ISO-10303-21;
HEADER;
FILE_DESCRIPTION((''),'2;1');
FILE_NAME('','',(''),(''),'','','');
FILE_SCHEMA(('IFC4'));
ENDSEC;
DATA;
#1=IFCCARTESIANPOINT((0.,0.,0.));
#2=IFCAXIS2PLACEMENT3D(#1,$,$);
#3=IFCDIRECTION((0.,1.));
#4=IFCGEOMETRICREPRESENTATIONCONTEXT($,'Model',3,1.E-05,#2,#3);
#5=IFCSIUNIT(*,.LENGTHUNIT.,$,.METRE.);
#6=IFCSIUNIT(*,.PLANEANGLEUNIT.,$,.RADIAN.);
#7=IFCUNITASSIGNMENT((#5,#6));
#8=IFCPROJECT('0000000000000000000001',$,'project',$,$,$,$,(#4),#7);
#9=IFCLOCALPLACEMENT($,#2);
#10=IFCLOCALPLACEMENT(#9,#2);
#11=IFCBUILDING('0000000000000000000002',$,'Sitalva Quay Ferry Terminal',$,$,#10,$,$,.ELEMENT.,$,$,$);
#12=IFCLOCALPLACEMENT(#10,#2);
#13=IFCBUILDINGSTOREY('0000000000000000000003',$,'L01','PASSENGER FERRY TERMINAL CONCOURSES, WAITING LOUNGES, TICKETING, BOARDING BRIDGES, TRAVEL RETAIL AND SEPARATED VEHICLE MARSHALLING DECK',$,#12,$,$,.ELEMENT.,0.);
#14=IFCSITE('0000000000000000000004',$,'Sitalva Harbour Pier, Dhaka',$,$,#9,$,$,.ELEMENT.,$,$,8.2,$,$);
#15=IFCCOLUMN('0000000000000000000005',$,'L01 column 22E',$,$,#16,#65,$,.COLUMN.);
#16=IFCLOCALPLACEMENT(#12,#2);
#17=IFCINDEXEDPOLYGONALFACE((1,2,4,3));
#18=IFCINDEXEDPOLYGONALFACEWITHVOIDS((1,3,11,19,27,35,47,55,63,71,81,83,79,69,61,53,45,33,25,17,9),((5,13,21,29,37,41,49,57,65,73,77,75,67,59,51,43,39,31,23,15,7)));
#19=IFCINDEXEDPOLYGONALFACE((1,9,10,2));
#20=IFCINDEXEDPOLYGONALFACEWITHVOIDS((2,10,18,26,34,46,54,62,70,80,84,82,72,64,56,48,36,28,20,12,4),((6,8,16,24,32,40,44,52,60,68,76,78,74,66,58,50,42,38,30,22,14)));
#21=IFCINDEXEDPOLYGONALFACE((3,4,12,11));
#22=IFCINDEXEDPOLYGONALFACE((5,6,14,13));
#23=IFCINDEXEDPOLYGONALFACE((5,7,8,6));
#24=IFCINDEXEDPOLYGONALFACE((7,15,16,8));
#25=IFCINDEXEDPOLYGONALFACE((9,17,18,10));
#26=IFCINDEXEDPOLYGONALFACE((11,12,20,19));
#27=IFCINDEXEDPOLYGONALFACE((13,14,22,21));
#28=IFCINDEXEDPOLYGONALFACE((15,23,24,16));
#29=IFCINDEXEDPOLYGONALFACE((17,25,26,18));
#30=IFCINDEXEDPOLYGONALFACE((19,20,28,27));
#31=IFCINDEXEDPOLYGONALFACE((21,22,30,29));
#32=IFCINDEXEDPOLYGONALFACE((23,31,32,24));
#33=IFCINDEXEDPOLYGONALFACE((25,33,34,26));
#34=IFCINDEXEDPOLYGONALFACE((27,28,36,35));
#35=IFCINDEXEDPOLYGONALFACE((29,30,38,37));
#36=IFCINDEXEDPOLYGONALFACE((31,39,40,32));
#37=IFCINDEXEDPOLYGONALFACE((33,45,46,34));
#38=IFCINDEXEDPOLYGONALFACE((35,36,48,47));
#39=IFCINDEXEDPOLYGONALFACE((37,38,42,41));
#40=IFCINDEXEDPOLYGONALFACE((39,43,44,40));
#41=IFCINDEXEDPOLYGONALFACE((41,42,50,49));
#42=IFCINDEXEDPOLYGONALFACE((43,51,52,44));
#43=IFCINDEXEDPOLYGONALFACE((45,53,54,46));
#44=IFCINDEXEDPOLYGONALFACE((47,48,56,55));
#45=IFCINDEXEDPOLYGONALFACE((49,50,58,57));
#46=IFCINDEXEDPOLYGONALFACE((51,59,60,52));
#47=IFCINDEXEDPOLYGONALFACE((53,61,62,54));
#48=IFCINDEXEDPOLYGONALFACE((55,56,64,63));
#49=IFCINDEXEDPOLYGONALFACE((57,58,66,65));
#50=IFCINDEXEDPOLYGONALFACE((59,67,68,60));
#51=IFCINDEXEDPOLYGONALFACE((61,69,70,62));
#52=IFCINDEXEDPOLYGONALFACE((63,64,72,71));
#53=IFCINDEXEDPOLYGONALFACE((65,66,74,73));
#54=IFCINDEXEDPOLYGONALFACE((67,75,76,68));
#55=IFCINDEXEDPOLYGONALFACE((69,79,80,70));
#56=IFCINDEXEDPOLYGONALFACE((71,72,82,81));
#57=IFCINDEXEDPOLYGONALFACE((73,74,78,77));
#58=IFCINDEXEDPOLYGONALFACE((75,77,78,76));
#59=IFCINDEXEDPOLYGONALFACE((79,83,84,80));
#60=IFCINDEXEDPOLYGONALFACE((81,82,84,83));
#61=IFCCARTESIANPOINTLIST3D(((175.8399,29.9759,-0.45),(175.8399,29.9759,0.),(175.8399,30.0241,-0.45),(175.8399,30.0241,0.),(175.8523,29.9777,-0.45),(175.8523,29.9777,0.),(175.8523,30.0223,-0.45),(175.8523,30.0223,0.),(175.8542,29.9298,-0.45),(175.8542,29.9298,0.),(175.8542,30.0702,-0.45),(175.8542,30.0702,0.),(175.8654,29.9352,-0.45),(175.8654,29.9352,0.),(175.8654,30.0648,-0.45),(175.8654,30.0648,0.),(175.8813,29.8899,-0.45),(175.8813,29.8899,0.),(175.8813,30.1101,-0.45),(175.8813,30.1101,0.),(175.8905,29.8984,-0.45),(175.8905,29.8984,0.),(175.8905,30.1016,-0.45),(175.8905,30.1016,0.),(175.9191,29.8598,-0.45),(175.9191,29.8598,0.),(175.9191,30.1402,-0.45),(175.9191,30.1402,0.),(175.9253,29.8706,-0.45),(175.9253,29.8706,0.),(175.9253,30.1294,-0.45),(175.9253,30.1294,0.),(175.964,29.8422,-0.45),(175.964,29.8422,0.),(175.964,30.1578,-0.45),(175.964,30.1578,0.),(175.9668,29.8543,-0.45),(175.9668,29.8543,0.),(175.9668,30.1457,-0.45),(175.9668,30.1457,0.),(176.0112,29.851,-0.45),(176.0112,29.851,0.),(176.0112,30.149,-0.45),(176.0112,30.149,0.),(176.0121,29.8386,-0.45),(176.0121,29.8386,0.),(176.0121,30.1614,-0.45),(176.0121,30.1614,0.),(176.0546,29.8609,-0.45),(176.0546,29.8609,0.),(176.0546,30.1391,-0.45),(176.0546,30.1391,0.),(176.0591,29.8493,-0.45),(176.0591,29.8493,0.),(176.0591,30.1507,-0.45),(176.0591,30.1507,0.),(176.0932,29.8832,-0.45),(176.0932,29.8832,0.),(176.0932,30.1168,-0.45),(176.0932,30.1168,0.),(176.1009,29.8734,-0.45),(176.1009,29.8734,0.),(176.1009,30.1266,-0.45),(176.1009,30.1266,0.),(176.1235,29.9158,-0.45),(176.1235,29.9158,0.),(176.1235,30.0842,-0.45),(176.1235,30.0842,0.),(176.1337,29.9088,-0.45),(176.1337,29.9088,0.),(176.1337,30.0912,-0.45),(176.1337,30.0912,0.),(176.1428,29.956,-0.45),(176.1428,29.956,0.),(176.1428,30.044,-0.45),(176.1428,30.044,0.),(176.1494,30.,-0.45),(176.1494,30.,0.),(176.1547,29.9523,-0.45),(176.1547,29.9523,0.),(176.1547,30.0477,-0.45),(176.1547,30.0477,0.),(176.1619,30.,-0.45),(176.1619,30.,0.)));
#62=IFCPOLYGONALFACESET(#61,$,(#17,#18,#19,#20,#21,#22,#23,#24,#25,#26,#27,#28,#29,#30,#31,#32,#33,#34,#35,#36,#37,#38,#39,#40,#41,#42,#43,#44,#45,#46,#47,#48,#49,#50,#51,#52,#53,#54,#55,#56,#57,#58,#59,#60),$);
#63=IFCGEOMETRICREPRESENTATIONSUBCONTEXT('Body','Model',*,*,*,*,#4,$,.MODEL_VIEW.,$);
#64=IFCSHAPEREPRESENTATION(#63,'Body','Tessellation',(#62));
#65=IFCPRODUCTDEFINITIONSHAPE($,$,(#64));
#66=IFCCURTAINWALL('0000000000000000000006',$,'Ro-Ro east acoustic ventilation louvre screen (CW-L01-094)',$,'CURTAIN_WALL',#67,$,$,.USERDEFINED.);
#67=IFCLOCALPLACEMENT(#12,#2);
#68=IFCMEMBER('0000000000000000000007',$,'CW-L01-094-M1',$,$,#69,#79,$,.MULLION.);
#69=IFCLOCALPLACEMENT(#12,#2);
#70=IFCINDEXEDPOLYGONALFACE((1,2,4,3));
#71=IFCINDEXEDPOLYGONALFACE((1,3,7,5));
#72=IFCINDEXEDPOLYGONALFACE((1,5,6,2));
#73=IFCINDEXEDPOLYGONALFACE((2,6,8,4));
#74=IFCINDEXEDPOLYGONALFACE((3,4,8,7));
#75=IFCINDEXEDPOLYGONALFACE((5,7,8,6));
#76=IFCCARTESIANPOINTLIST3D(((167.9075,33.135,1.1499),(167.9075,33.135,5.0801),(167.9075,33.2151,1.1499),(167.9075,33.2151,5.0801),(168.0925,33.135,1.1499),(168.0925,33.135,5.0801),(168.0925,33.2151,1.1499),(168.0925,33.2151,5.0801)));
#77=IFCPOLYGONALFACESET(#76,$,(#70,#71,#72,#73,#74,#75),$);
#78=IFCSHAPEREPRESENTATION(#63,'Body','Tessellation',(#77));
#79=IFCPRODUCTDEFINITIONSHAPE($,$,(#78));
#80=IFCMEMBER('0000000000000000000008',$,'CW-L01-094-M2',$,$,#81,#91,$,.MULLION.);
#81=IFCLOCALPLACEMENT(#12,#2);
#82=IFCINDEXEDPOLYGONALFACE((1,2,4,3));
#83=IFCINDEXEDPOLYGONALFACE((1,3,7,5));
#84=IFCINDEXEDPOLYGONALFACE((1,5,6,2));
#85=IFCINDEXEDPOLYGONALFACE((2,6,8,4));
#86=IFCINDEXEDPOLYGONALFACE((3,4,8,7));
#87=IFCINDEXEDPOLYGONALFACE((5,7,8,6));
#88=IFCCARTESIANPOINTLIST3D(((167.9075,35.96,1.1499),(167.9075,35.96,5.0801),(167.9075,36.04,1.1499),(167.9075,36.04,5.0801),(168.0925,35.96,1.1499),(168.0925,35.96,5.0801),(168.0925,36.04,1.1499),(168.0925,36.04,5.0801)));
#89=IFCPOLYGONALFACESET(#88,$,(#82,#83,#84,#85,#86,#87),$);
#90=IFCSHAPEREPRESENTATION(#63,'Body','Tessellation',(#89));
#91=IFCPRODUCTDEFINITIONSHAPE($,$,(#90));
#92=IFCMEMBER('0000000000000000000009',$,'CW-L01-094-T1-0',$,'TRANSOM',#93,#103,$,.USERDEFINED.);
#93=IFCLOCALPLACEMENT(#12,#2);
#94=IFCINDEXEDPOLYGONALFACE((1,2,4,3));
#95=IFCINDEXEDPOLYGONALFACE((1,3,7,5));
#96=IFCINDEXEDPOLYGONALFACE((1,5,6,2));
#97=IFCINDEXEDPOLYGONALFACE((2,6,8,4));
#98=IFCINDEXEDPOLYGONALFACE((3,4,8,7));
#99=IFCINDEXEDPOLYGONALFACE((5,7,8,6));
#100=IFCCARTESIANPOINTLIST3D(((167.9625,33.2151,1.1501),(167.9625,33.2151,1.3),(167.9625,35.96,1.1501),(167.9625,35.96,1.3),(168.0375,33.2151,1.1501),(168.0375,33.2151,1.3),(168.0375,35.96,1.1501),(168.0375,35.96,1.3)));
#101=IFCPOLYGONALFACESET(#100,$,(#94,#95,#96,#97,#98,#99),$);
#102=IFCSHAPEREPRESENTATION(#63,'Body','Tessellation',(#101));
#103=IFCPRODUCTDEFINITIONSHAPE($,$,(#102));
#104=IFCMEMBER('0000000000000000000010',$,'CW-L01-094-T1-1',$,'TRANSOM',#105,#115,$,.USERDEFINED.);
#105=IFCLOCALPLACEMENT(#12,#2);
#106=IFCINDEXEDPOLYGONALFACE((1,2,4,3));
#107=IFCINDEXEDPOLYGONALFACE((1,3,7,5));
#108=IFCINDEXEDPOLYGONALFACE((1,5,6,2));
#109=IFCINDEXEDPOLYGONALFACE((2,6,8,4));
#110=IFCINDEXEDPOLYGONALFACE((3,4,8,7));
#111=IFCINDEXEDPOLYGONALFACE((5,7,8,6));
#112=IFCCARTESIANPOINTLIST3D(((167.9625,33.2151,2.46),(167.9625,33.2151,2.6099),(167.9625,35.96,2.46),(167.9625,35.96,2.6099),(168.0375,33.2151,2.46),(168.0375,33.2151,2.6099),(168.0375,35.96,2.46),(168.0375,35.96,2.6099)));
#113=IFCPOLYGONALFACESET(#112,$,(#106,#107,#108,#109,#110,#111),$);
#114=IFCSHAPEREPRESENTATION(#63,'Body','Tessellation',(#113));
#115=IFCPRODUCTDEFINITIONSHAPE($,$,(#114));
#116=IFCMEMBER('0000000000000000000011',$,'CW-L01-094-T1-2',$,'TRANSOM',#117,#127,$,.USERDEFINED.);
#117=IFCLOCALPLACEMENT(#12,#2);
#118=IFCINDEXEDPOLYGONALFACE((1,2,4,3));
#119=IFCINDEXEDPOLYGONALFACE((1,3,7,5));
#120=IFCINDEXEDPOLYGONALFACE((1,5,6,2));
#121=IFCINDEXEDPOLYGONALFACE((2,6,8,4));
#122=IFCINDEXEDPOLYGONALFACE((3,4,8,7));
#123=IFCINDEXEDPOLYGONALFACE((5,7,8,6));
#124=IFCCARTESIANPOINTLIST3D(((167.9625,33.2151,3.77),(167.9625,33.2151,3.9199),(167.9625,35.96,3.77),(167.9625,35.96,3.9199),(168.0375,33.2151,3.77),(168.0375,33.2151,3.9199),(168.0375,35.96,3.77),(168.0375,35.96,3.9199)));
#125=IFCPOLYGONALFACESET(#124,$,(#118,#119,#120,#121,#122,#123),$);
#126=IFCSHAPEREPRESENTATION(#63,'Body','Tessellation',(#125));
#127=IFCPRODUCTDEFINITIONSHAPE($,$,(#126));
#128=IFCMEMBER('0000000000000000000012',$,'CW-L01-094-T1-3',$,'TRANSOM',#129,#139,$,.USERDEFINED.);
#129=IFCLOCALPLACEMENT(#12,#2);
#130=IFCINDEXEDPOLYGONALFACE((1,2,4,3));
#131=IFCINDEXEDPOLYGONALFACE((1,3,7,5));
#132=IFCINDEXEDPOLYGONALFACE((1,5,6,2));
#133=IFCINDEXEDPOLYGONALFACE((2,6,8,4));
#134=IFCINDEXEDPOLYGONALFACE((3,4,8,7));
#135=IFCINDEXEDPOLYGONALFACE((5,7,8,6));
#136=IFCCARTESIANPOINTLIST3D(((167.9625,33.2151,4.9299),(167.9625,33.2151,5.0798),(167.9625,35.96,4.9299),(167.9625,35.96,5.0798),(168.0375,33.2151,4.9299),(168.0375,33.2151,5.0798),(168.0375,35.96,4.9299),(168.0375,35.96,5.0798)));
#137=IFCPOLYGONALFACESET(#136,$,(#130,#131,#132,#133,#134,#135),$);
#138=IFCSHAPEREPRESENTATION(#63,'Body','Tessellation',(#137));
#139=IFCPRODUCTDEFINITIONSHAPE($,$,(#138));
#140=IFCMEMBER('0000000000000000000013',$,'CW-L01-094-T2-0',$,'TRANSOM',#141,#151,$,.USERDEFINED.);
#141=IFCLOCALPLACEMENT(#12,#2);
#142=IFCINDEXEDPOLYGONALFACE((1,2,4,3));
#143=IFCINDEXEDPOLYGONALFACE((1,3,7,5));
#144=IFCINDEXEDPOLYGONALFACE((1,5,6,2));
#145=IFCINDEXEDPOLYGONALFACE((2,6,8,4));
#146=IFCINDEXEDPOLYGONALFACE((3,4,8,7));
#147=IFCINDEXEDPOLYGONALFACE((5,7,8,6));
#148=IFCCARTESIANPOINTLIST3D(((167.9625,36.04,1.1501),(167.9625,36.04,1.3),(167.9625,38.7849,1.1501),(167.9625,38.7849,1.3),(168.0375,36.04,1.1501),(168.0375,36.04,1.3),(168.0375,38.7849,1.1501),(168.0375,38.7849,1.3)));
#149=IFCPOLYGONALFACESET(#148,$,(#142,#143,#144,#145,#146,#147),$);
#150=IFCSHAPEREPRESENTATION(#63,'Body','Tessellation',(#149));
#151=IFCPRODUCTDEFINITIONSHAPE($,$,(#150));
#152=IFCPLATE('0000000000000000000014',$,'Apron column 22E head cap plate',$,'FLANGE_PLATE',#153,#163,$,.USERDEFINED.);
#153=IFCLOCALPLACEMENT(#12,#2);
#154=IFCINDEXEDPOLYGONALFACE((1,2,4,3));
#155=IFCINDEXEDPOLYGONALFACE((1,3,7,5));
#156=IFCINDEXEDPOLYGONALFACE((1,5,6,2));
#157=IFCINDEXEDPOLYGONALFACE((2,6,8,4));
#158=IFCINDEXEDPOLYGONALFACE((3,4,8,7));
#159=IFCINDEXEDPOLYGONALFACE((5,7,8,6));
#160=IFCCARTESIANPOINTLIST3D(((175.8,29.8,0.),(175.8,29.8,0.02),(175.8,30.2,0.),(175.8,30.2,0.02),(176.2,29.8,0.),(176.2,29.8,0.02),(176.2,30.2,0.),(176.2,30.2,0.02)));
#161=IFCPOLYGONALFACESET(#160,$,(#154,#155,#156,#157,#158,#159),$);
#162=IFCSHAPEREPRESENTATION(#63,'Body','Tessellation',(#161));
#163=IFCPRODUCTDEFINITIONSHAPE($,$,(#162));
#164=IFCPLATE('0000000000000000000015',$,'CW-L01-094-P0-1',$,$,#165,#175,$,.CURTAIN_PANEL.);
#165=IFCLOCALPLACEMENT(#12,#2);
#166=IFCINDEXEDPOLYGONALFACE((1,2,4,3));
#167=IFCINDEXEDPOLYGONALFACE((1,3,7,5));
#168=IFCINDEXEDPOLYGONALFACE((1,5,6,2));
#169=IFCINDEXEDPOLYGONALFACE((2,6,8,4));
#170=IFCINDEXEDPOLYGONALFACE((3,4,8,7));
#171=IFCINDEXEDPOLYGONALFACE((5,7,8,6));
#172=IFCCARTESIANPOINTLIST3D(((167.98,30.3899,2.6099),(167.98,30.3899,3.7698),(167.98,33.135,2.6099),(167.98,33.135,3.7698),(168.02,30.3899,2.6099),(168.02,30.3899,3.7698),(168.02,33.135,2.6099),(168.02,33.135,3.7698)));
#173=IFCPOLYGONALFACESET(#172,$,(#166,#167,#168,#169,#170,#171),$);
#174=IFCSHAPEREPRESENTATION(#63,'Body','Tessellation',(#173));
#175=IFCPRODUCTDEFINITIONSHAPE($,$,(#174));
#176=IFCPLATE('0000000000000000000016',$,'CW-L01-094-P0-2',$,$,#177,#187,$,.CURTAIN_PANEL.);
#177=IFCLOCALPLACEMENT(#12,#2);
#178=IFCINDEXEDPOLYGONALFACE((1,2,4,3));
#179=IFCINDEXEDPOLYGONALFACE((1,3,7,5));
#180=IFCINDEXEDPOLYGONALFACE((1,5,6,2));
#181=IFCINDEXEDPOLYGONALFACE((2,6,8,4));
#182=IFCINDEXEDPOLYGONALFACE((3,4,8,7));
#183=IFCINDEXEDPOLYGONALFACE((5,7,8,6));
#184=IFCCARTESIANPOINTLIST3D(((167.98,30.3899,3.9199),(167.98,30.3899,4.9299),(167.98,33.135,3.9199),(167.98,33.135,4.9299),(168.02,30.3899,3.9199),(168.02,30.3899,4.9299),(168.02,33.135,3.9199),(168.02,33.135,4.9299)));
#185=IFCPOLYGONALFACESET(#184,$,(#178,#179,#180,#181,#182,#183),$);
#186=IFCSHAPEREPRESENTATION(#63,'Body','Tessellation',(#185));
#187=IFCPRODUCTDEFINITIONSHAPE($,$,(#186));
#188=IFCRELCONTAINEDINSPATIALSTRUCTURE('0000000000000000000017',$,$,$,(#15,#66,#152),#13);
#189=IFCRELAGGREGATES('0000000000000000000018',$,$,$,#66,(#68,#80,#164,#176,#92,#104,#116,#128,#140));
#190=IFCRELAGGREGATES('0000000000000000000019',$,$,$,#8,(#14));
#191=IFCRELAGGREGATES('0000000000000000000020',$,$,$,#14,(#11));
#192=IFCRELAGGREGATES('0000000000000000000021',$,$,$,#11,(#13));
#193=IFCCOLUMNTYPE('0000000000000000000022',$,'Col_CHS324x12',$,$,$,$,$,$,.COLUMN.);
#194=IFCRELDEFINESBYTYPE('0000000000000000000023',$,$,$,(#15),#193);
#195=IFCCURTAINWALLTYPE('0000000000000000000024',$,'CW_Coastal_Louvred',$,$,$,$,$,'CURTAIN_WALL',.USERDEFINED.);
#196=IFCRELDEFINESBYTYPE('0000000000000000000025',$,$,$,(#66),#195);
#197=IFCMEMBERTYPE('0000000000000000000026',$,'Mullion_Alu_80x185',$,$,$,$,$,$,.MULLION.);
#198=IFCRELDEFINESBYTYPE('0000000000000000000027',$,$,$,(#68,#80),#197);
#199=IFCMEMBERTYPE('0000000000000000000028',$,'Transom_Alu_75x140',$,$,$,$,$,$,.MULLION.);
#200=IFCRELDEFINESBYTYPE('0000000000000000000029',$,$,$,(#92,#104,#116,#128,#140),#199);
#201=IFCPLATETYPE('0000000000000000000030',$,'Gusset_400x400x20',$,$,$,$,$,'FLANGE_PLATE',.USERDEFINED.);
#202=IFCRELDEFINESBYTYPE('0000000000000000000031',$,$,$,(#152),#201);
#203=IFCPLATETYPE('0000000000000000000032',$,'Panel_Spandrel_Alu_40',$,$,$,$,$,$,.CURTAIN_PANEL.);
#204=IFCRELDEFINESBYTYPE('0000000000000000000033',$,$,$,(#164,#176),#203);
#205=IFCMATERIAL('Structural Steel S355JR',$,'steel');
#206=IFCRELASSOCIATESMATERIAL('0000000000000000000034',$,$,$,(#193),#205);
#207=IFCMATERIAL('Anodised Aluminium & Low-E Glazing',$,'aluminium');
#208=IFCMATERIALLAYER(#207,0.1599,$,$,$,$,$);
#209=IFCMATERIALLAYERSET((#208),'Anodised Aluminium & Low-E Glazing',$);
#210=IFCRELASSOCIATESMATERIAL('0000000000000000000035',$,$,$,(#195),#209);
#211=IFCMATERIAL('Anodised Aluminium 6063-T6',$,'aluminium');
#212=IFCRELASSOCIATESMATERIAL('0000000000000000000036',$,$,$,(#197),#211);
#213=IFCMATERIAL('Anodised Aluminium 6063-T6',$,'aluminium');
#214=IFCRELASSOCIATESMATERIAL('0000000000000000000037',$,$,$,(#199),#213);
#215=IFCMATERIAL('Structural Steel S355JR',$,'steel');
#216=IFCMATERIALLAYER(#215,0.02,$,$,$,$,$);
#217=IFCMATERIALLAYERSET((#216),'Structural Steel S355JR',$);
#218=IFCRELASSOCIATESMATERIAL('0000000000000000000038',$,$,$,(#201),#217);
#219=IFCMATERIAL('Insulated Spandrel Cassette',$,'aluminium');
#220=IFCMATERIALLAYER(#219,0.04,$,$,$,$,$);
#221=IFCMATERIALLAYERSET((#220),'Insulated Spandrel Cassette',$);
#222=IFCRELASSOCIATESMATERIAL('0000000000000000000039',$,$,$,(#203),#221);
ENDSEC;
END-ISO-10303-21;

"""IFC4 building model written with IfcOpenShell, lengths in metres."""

from ifc_helpers import new_model, si_unit, direction, frame, origin, origin_2d, place, context, subcontext, project, spatial, rectangle, hollow_circle, extrude, material, layer, layer_set, material_profile, profile_set, type_object, element, aggregate, save


model = new_model("IFC4")

# Units and contexts
model_context = context("Model", 3, precision=1e-05, world=origin(), true_north=direction((0.0, 1.0)))
body_context = subcontext(model_context, "Body", "Model", "MODEL_VIEW")
ifc_project = project(units=[si_unit("LENGTHUNIT", "METRE"), si_unit("PLANEANGLEUNIT", "RADIAN")], contexts=[model_context])

# Site, building, storey
site_placement = place(None, origin())
site = spatial("IfcSite", under=ifc_project, at=site_placement, Name="Sitalva Harbour Pier, Dhaka", CompositionType="ELEMENT", RefElevation=8.2)
building_placement = place(site_placement, origin())
building = spatial("IfcBuilding", under=site, at=building_placement, Name="Sitalva Quay Ferry Terminal", CompositionType="ELEMENT")
storey_placement = place(building_placement, origin())
storey = spatial("IfcBuildingStorey", under=building, at=storey_placement, Name="L01", Description="PASSENGER FERRY TERMINAL CONCOURSES, WAITING LOUNGES, TICKETING, BOARDING BRIDGES, TRAVEL RETAIL AND SEPARATED VEHICLE MARSHALLING DECK", CompositionType="ELEMENT", Elevation=0.0)

# Column
ifc_material_1 = material(Name="Structural Steel S355JR", Category="steel")
ifc_material_profile_1 = material_profile(ifc_material_1, hollow_circle(Radius=0.1619, WallThickness=0.0125, at=origin_2d()), Name="CHS324x12.5")
ifc_profile_set_1 = profile_set([ifc_material_profile_1], Name="Structural Steel S355JR")
column_type = type_object("IfcColumnType", Name="Col_CHS324x12", PredefinedType="COLUMN", material=ifc_profile_set_1)
column_placement = place(storey_placement, frame((176.0, 30.0, -0.45), z_axis=(0.0, 0.0, 1.0), x_axis=(1.0, 0.0, 0.0)))
element("IfcColumn", 1, at=column_placement, inside=storey, type_object=column_type, Name="L01 column 22E", PredefinedType="COLUMN", context=body_context, shape_type="SweptSolid", body=[
    extrude(hollow_circle(Radius=0.1619, WallThickness=0.0125, at=origin_2d()), origin(), (0.0, 0.0, 1.0), 0.45),
])

# Curtain wall, members
ifc_material_2 = material(Name="Anodised Aluminium & Low-E Glazing", Category="aluminium")
ifc_layer_1 = layer(ifc_material_2, 0.1599)
ifc_layer_set_1 = layer_set([ifc_layer_1], Name="Anodised Aluminium & Low-E Glazing")
curtain_wall_type = type_object("IfcCurtainWallType", Name="CW_Coastal_Louvred", ElementType="CURTAIN_WALL", PredefinedType="USERDEFINED", material=ifc_layer_set_1)
curtain_wall_placement = place(storey_placement, origin())
curtain_wall = element("IfcCurtainWall", 2, at=curtain_wall_placement, inside=storey, type_object=curtain_wall_type, Name="Ro-Ro east acoustic ventilation louvre screen (CW-L01-094)", ObjectType="CURTAIN_WALL", PredefinedType="USERDEFINED")
ifc_material_3 = material(Name="Anodised Aluminium 6063-T6", Category="aluminium")
ifc_material_profile_2 = material_profile(ifc_material_3, rectangle(XDim=0.0801, YDim=0.1851, at=origin_2d()), Name="ALU80x185")
ifc_profile_set_2 = profile_set([ifc_material_profile_2], Name="Anodised Aluminium 6063-T6")
member_type_1 = type_object("IfcMemberType", Name="Mullion_Alu_80x185", PredefinedType="MULLION", material=ifc_profile_set_2)
member_1_placement = place(storey_placement, frame((168.0, 33.175, 1.1499), z_axis=(0.0, 0.0, 1.0), x_axis=(0.0, 1.0, 0.0)))
member_1 = element("IfcMember", 3, at=member_1_placement, type_object=member_type_1, Name="CW-L01-094-M1", PredefinedType="MULLION", context=body_context, shape_type="SweptSolid", body=[
    extrude(rectangle(XDim=0.0801, YDim=0.1851, at=origin_2d()), origin(), (0.0, 0.0, 1.0), 3.9302),
])
member_2_placement = place(storey_placement, frame((168.0, 36.0, 1.1499), z_axis=(0.0, 0.0, 1.0), x_axis=(0.0, 1.0, 0.0)))
member_2 = element("IfcMember", 4, at=member_2_placement, type_object=member_type_1, Name="CW-L01-094-M2", PredefinedType="MULLION", context=body_context, shape_type="SweptSolid", body=[
    extrude(rectangle(XDim=0.0801, YDim=0.1851, at=origin_2d()), origin(), (0.0, 0.0, 1.0), 3.9302),
])
ifc_material_4 = material(Name="Anodised Aluminium 6063-T6", Category="aluminium")
ifc_material_profile_3 = material_profile(ifc_material_4, rectangle(XDim=0.075, YDim=0.1499, at=origin_2d()), Name="ALU75x150")
ifc_profile_set_3 = profile_set([ifc_material_profile_3], Name="Anodised Aluminium 6063-T6")
member_type_2 = type_object("IfcMemberType", Name="Transom_Alu_75x140", PredefinedType="MULLION", material=ifc_profile_set_3)
member_3_placement = place(storey_placement, frame((168.0, 33.2151, 1.2251), z_axis=(0.0, 1.0, 0.0), x_axis=(-1.0, 0.0, 0.0)))
member_3 = element("IfcMember", 5, at=member_3_placement, type_object=member_type_2, Name="CW-L01-094-T1-0", ObjectType="TRANSOM", PredefinedType="USERDEFINED", context=body_context, shape_type="SweptSolid", body=[
    extrude(rectangle(XDim=0.075, YDim=0.1499, at=origin_2d()), origin(), (0.0, 0.0, 1.0), 2.7449),
])
member_4_placement = place(storey_placement, frame((168.0, 33.2151, 2.5349), z_axis=(0.0, 1.0, 0.0), x_axis=(-1.0, 0.0, 0.0)))
member_4 = element("IfcMember", 6, at=member_4_placement, type_object=member_type_2, Name="CW-L01-094-T1-1", ObjectType="TRANSOM", PredefinedType="USERDEFINED", context=body_context, shape_type="SweptSolid", body=[
    extrude(rectangle(XDim=0.075, YDim=0.1499, at=origin_2d()), origin(), (0.0, 0.0, 1.0), 2.7449),
])
member_5_placement = place(storey_placement, frame((168.0, 33.2151, 3.845), z_axis=(0.0, 1.0, 0.0), x_axis=(-1.0, 0.0, 0.0)))
member_5 = element("IfcMember", 7, at=member_5_placement, type_object=member_type_2, Name="CW-L01-094-T1-2", ObjectType="TRANSOM", PredefinedType="USERDEFINED", context=body_context, shape_type="SweptSolid", body=[
    extrude(rectangle(XDim=0.075, YDim=0.1499, at=origin_2d()), origin(), (0.0, 0.0, 1.0), 2.7449),
])
member_6_placement = place(storey_placement, frame((168.0, 33.2151, 5.0049), z_axis=(0.0, 1.0, 0.0), x_axis=(-1.0, 0.0, 0.0)))
member_6 = element("IfcMember", 8, at=member_6_placement, type_object=member_type_2, Name="CW-L01-094-T1-3", ObjectType="TRANSOM", PredefinedType="USERDEFINED", context=body_context, shape_type="SweptSolid", body=[
    extrude(rectangle(XDim=0.075, YDim=0.1499, at=origin_2d()), origin(), (0.0, 0.0, 1.0), 2.7449),
])
member_7_placement = place(storey_placement, frame((168.0, 36.04, 1.2251), z_axis=(0.0, 1.0, 0.0), x_axis=(-1.0, 0.0, 0.0)))
member_7 = element("IfcMember", 9, at=member_7_placement, type_object=member_type_2, Name="CW-L01-094-T2-0", ObjectType="TRANSOM", PredefinedType="USERDEFINED", context=body_context, shape_type="SweptSolid", body=[
    extrude(rectangle(XDim=0.075, YDim=0.1499, at=origin_2d()), origin(), (0.0, 0.0, 1.0), 2.7449),
])

# Plates
ifc_material_5 = material(Name="Structural Steel S355JR", Category="steel")
ifc_layer_2 = layer(ifc_material_5, 0.02)
ifc_layer_set_2 = layer_set([ifc_layer_2], Name="Structural Steel S355JR")
plate_type_1 = type_object("IfcPlateType", Name="Gusset_400x400x20", ElementType="FLANGE_PLATE", PredefinedType="USERDEFINED", material=ifc_layer_set_2)
plate_1_placement = place(storey_placement, frame((176.0, 30.0, 0.0), z_axis=(0.0, 0.0, 1.0), x_axis=(1.0, 0.0, 0.0)))
element("IfcPlate", 10, at=plate_1_placement, inside=storey, type_object=plate_type_1, Name="Apron column 22E head cap plate", ObjectType="FLANGE_PLATE", PredefinedType="USERDEFINED", context=body_context, shape_type="SweptSolid", body=[
    extrude(rectangle(XDim=0.3999, YDim=0.3999, at=origin_2d()), origin(), (0.0, 0.0, 1.0), 0.02),
])
ifc_material_6 = material(Name="Insulated Spandrel Cassette", Category="aluminium")
ifc_layer_3 = layer(ifc_material_6, 0.04)
ifc_layer_set_3 = layer_set([ifc_layer_3], Name="Insulated Spandrel Cassette")
plate_type_2 = type_object("IfcPlateType", Name="Panel_Spandrel_Alu_40", PredefinedType="CURTAIN_PANEL", material=ifc_layer_set_3)
plate_2_placement = place(storey_placement, frame((168.0, 31.7625, 2.6099), z_axis=(0.0, 0.0, 1.0), x_axis=(0.0, 1.0, 0.0)))
plate_2 = element("IfcPlate", 11, at=plate_2_placement, type_object=plate_type_2, Name="CW-L01-094-P0-1", PredefinedType="CURTAIN_PANEL", context=body_context, shape_type="SweptSolid", body=[
    extrude(rectangle(XDim=2.7451, YDim=0.04, at=origin_2d()), origin(), (0.0, 0.0, 1.0), 1.1599),
])
plate_3_placement = place(storey_placement, frame((168.0, 31.7625, 3.9199), z_axis=(0.0, 0.0, 1.0), x_axis=(0.0, 1.0, 0.0)))
plate_3 = element("IfcPlate", 12, at=plate_3_placement, type_object=plate_type_2, Name="CW-L01-094-P0-2", PredefinedType="CURTAIN_PANEL", context=body_context, shape_type="SweptSolid", body=[
    extrude(rectangle(XDim=2.7451, YDim=0.04, at=origin_2d()), origin(), (0.0, 0.0, 1.0), 1.01),
])
aggregate(curtain_wall, [member_1, member_2, plate_2, plate_3, member_3, member_4, member_5, member_6, member_7])

save(model, "model.ifc")
